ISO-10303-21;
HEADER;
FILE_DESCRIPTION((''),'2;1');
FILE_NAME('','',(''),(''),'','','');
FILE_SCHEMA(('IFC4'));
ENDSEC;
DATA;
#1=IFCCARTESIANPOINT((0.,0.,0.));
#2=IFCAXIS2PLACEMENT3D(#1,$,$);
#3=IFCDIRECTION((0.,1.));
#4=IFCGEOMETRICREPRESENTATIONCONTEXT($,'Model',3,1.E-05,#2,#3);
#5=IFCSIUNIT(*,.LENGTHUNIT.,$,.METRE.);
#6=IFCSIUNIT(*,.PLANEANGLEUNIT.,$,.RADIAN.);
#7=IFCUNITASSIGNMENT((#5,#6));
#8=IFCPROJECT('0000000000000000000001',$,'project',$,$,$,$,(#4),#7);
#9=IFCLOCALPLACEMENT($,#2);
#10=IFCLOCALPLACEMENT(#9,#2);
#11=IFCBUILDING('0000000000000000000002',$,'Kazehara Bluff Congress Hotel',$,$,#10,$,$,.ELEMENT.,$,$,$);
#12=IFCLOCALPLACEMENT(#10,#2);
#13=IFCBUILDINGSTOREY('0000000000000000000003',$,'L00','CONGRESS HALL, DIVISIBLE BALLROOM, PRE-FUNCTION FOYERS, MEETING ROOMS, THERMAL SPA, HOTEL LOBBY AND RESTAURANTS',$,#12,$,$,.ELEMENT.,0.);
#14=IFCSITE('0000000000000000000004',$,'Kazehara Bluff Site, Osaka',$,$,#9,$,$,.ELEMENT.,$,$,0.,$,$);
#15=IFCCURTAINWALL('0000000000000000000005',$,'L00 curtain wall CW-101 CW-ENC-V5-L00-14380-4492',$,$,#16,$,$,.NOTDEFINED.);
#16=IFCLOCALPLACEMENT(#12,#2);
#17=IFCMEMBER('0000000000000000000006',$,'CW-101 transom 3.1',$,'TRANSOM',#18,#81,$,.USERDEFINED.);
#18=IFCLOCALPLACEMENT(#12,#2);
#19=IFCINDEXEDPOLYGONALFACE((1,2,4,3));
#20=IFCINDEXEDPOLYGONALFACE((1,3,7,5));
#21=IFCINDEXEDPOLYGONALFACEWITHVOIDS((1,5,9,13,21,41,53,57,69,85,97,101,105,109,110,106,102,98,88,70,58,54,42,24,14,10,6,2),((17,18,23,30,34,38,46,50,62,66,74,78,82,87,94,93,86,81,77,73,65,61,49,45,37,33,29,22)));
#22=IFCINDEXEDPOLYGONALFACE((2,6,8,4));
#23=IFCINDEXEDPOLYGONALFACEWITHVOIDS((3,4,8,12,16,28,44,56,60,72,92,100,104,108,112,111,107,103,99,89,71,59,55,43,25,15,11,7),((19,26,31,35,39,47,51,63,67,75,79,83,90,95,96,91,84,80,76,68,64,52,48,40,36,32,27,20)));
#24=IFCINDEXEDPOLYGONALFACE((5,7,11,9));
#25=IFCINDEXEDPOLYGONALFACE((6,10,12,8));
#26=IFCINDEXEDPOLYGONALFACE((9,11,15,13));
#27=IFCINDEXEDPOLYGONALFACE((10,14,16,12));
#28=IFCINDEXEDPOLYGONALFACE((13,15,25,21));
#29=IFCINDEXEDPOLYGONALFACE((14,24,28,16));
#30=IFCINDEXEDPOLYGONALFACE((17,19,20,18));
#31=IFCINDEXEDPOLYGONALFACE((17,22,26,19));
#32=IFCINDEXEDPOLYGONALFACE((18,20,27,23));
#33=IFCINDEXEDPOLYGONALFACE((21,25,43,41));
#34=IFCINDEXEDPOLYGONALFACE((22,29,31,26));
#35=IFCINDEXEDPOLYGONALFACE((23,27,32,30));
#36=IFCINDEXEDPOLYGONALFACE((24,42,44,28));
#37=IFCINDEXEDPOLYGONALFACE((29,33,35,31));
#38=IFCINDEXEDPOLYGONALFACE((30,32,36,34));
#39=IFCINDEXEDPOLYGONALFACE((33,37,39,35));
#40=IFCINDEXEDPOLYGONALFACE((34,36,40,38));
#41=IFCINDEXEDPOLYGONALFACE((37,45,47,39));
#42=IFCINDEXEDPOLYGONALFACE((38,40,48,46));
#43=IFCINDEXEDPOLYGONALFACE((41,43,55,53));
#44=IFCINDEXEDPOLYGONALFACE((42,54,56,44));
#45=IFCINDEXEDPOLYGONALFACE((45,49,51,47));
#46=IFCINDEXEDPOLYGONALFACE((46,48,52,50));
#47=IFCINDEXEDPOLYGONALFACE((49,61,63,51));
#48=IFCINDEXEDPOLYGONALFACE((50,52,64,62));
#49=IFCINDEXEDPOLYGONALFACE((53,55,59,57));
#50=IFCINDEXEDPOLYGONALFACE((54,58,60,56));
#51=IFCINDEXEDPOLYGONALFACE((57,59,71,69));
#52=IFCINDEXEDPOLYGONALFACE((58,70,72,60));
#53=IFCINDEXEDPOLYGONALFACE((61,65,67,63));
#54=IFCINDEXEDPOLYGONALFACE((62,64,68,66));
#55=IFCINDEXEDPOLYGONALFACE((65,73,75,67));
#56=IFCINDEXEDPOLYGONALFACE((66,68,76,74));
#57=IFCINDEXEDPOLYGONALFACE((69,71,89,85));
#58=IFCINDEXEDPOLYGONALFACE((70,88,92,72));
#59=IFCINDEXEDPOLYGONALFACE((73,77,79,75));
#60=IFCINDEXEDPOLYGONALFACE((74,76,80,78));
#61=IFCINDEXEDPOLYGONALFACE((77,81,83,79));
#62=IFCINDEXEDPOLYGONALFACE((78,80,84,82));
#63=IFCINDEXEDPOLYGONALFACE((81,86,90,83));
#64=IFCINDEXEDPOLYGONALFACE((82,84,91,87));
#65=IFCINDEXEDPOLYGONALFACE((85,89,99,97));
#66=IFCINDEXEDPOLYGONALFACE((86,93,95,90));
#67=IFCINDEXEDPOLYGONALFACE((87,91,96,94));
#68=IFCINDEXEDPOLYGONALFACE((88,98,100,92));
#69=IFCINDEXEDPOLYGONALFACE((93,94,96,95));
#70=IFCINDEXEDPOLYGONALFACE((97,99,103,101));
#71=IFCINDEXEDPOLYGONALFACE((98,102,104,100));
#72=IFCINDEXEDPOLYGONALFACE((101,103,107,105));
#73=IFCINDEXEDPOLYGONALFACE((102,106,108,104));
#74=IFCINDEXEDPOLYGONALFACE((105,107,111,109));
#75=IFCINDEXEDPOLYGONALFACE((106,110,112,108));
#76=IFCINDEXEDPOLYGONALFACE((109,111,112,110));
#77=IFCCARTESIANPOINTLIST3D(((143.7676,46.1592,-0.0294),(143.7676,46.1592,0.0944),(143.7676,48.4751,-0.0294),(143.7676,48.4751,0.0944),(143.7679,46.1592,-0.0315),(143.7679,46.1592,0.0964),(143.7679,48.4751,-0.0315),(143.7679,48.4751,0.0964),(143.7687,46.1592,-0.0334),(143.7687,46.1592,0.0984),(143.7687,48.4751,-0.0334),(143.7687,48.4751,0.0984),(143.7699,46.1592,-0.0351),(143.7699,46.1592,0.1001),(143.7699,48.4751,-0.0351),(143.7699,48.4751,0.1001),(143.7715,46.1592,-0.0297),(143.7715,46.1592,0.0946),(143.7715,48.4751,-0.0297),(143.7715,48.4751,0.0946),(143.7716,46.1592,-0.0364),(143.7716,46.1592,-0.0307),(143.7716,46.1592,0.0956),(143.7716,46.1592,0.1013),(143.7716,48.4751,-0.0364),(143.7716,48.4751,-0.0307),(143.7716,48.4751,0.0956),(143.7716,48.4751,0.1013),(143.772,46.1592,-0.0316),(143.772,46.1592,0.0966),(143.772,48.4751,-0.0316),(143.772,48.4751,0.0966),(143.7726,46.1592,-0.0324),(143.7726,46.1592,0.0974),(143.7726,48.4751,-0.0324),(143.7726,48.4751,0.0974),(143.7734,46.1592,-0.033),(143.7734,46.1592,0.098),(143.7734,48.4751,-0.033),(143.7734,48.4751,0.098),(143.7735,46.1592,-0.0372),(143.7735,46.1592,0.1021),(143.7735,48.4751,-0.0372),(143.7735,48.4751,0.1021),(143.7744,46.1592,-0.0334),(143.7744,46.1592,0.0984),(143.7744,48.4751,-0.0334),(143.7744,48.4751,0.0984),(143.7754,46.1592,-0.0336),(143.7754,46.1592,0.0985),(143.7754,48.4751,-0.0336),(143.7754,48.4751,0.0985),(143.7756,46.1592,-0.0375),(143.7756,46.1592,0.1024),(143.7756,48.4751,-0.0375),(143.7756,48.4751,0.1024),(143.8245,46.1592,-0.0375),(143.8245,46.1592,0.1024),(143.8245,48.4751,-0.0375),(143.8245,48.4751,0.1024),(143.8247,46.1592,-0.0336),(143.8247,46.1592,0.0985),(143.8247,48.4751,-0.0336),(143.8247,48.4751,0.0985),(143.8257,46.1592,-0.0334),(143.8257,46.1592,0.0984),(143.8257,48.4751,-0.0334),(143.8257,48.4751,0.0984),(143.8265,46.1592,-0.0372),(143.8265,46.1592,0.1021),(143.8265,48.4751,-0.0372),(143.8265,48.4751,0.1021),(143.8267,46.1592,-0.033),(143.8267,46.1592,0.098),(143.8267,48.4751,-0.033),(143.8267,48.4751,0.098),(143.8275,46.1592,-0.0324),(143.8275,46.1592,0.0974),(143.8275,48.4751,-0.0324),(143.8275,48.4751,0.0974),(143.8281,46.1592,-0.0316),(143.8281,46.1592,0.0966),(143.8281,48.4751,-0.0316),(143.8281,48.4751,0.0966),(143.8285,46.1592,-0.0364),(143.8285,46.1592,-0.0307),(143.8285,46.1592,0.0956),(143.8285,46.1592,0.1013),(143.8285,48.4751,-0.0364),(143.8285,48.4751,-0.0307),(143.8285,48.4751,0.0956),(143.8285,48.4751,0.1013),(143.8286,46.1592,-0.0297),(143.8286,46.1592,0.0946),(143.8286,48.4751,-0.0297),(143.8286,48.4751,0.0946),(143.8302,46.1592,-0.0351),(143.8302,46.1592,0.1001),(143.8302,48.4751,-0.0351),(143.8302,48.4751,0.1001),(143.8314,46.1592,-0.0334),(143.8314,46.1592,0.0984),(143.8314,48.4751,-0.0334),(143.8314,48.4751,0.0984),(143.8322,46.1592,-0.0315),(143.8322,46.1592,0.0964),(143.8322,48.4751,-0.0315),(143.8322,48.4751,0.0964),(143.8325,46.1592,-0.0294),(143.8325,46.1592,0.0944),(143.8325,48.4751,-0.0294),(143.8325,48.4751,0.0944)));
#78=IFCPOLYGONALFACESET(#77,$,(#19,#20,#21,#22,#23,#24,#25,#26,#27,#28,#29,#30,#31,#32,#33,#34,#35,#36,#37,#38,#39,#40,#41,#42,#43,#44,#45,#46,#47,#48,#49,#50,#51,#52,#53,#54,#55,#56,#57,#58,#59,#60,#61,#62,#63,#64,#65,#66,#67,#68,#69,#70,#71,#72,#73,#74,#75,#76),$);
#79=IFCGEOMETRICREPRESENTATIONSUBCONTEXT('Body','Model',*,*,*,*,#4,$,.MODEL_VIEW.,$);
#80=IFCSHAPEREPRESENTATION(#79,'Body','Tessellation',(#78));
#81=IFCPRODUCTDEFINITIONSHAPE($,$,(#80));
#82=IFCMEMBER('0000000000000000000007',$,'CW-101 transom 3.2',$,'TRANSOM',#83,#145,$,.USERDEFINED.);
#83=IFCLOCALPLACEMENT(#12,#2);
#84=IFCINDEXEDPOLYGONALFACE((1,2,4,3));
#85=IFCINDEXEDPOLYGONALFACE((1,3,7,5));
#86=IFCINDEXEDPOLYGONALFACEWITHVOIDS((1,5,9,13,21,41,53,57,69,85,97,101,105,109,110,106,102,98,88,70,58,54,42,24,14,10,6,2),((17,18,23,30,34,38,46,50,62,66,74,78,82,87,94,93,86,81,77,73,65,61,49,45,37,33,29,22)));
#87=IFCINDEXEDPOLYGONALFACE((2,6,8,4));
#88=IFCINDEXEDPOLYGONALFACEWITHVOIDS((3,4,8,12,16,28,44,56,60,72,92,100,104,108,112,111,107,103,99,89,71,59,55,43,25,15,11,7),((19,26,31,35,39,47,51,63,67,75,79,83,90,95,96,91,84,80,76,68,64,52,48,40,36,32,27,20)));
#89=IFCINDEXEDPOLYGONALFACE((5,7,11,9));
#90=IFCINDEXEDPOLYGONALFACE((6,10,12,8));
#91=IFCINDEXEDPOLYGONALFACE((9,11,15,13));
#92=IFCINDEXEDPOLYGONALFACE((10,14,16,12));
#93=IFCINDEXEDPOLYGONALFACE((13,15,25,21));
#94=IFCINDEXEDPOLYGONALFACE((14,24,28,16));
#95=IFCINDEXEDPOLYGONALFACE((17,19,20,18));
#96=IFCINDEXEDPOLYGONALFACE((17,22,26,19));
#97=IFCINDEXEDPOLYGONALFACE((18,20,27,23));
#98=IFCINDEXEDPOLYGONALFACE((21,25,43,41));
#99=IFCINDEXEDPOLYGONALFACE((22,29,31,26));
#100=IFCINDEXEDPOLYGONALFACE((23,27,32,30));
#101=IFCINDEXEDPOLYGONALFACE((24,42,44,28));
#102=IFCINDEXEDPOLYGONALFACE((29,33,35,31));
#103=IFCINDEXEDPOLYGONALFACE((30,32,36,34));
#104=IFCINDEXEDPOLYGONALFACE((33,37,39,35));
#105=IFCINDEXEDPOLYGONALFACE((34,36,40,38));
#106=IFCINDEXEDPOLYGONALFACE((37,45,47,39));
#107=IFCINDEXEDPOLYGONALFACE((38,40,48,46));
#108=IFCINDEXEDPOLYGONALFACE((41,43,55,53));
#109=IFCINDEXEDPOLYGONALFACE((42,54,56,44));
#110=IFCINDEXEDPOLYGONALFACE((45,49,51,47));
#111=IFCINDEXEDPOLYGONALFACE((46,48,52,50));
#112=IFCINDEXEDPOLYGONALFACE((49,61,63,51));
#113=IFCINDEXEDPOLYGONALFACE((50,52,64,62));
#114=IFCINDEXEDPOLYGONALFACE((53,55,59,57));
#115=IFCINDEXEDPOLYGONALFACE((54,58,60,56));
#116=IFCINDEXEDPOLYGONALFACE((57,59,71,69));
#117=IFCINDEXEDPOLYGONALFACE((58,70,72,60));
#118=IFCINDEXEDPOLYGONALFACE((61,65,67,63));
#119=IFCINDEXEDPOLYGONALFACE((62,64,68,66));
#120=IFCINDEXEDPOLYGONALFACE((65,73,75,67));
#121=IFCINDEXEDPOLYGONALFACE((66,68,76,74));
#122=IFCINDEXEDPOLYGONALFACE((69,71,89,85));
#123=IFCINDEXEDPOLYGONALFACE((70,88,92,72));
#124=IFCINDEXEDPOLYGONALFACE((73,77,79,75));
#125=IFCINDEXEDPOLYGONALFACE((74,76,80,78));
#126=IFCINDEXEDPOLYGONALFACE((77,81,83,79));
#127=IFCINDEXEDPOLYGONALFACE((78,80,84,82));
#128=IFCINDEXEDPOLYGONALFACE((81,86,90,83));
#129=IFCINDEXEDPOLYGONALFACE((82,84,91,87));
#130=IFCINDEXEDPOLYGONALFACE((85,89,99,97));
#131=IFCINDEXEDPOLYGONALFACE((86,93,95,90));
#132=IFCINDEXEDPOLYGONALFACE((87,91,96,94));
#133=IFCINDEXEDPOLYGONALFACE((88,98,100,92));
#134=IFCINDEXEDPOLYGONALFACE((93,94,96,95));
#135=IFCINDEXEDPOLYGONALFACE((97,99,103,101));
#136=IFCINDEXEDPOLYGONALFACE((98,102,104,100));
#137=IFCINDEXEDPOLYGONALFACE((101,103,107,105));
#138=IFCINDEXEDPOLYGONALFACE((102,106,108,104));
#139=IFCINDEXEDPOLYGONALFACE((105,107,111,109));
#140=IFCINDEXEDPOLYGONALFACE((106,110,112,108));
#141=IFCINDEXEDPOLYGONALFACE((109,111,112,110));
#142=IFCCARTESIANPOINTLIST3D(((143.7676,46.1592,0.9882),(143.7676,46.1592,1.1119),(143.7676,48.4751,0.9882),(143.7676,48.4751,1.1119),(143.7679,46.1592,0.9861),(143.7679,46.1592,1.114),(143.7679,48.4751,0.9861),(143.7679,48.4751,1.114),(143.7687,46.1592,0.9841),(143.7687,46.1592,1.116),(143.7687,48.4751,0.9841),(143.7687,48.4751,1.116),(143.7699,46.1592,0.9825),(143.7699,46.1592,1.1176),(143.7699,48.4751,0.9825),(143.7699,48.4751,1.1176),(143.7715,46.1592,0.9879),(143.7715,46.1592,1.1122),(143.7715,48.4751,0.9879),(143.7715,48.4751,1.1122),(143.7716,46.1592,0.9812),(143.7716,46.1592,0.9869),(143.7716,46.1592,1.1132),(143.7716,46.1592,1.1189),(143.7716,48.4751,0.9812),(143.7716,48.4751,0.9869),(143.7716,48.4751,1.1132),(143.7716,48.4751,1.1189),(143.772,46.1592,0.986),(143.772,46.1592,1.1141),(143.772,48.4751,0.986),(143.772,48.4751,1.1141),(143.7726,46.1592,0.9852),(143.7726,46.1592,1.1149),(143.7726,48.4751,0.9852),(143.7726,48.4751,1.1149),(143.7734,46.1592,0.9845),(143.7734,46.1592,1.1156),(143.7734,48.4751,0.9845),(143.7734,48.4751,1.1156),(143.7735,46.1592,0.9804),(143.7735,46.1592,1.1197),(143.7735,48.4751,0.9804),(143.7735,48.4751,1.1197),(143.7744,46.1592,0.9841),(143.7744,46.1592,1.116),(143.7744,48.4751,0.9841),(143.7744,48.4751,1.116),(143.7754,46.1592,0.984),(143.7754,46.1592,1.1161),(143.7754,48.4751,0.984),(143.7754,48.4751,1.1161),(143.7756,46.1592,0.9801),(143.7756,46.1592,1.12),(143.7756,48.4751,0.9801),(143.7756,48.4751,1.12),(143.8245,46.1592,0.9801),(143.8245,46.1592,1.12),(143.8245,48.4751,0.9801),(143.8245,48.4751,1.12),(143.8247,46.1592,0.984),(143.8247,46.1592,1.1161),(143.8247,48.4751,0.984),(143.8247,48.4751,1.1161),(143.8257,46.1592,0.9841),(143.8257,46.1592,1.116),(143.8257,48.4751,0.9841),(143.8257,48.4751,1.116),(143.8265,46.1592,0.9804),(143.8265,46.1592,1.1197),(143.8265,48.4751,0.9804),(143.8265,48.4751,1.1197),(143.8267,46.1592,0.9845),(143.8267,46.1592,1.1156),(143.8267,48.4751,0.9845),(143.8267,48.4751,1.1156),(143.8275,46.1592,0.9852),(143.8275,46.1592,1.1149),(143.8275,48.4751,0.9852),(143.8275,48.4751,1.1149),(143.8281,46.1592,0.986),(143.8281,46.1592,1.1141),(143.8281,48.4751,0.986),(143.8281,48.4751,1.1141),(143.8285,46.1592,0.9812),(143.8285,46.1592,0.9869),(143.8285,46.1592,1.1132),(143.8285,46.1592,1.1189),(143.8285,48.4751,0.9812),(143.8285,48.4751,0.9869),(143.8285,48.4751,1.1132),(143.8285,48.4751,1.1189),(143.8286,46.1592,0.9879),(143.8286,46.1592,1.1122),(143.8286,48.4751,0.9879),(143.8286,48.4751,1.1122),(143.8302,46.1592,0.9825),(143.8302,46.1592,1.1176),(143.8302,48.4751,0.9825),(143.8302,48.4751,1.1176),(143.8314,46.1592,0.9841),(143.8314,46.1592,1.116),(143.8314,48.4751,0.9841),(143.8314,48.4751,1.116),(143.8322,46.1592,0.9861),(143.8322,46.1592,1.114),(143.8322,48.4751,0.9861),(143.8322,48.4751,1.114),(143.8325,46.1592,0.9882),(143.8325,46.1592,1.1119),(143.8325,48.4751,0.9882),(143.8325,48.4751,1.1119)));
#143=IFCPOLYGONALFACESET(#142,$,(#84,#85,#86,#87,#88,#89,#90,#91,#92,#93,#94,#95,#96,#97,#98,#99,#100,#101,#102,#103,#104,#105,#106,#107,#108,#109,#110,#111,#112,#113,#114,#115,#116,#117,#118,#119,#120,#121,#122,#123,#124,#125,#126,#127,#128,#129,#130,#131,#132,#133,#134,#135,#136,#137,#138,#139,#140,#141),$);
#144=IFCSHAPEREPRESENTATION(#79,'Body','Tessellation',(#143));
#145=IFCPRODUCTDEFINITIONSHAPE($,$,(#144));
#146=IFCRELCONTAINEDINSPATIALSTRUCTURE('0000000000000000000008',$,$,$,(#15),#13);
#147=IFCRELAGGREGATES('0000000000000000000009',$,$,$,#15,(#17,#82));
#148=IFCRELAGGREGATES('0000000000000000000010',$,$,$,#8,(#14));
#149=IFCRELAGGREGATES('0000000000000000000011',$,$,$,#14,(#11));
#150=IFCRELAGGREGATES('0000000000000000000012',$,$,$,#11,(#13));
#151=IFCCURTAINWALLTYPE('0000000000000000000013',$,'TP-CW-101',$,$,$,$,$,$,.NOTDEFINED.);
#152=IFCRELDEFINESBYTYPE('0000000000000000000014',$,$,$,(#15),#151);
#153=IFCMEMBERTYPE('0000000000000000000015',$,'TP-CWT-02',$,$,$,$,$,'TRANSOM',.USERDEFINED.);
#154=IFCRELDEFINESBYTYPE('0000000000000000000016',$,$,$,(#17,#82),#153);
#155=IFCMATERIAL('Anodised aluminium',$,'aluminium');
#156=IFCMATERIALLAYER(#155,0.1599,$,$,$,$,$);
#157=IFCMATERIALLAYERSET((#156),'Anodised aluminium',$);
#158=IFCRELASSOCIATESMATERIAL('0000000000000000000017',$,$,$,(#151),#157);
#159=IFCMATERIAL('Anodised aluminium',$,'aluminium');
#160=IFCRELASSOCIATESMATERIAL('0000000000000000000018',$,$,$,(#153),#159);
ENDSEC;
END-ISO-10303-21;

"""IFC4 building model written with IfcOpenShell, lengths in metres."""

from ifc_helpers import new_model, si_unit, direction, frame, origin, origin_2d, place, context, subcontext, project, spatial, hollow_rectangle, extrude, material, layer, layer_set, material_profile, profile_set, type_object, element, aggregate, save


model = new_model("IFC4")

# Units and contexts
model_context = context("Model", 3, precision=1e-05, world=origin(), true_north=direction((0.0, 1.0)))
body_context = subcontext(model_context, "Body", "Model", "MODEL_VIEW")
ifc_project = project(units=[si_unit("LENGTHUNIT", "METRE"), si_unit("PLANEANGLEUNIT", "RADIAN")], contexts=[model_context])

# Site, building, storey
site_placement = place(None, origin())
site = spatial("IfcSite", under=ifc_project, at=site_placement, Name="Kazehara Bluff Site, Osaka", CompositionType="ELEMENT", RefElevation=0.0)
building_placement = place(site_placement, origin())
building = spatial("IfcBuilding", under=site, at=building_placement, Name="Kazehara Bluff Congress Hotel", CompositionType="ELEMENT")
storey_placement = place(building_placement, origin())
storey = spatial("IfcBuildingStorey", under=building, at=storey_placement, Name="L00", Description="CONGRESS HALL, DIVISIBLE BALLROOM, PRE-FUNCTION FOYERS, MEETING ROOMS, THERMAL SPA, HOTEL LOBBY AND RESTAURANTS", CompositionType="ELEMENT", Elevation=0.0)

# Curtain wall
ifc_material_1 = material(Name="Anodised aluminium", Category="aluminium")
ifc_layer_1 = layer(ifc_material_1, 0.1599)
ifc_layer_set_1 = layer_set([ifc_layer_1], Name="Anodised aluminium")
curtain_wall_type_1 = type_object("IfcCurtainWallType", Name="TP-CW-101", PredefinedType="NOTDEFINED", material=ifc_layer_set_1)
curtain_wall_1_placement = place(storey_placement, origin())
curtain_wall_1 = element("IfcCurtainWall", 1, at=curtain_wall_1_placement, inside=storey, type_object=curtain_wall_type_1, Name="L00 curtain wall CW-101 CW-ENC-V5-L00-14380-4492", PredefinedType="NOTDEFINED")

# Members
ifc_material_2 = material(Name="Anodised aluminium", Category="aluminium")
ifc_material_profile_1 = material_profile(ifc_material_2, hollow_rectangle(XDim=0.0649, YDim=0.1399, WallThickness=0.0039, InnerFilletRadius=0.0039, OuterFilletRadius=0.0081, at=origin_2d()))
ifc_profile_set_1 = profile_set([ifc_material_profile_1], Name="Anodised aluminium")
member_type_1 = type_object("IfcMemberType", Name="TP-CWT-02", ElementType="TRANSOM", PredefinedType="USERDEFINED", material=ifc_profile_set_1)
member_1_placement = place(storey_placement, frame((143.8, 46.1592, 0.0325), z_axis=(0.0, 1.0, 0.0), x_axis=(-1.0, 0.0, 0.0)))
member_1 = element("IfcMember", 2, at=member_1_placement, type_object=member_type_1, Name="CW-101 transom 3.1", ObjectType="TRANSOM", PredefinedType="USERDEFINED", context=body_context, shape_type="SweptSolid", body=[
    extrude(hollow_rectangle(XDim=0.0649, YDim=0.1399, WallThickness=0.0039, InnerFilletRadius=0.0039, OuterFilletRadius=0.0081, at=origin_2d()), origin(), (0.0, 0.0, 1.0), 2.3159),
])
member_2_placement = place(storey_placement, frame((143.8, 46.1592, 1.05), z_axis=(0.0, 1.0, 0.0), x_axis=(-1.0, 0.0, 0.0)))
member_2 = element("IfcMember", 3, at=member_2_placement, type_object=member_type_1, Name="CW-101 transom 3.2", ObjectType="TRANSOM", PredefinedType="USERDEFINED", context=body_context, shape_type="SweptSolid", body=[
    extrude(hollow_rectangle(XDim=0.0649, YDim=0.1399, WallThickness=0.0039, InnerFilletRadius=0.0039, OuterFilletRadius=0.0081, at=origin_2d()), origin(), (0.0, 0.0, 1.0), 2.3159),
])

aggregate(curtain_wall_1, [member_1, member_2])

save(model, "model.ifc")
